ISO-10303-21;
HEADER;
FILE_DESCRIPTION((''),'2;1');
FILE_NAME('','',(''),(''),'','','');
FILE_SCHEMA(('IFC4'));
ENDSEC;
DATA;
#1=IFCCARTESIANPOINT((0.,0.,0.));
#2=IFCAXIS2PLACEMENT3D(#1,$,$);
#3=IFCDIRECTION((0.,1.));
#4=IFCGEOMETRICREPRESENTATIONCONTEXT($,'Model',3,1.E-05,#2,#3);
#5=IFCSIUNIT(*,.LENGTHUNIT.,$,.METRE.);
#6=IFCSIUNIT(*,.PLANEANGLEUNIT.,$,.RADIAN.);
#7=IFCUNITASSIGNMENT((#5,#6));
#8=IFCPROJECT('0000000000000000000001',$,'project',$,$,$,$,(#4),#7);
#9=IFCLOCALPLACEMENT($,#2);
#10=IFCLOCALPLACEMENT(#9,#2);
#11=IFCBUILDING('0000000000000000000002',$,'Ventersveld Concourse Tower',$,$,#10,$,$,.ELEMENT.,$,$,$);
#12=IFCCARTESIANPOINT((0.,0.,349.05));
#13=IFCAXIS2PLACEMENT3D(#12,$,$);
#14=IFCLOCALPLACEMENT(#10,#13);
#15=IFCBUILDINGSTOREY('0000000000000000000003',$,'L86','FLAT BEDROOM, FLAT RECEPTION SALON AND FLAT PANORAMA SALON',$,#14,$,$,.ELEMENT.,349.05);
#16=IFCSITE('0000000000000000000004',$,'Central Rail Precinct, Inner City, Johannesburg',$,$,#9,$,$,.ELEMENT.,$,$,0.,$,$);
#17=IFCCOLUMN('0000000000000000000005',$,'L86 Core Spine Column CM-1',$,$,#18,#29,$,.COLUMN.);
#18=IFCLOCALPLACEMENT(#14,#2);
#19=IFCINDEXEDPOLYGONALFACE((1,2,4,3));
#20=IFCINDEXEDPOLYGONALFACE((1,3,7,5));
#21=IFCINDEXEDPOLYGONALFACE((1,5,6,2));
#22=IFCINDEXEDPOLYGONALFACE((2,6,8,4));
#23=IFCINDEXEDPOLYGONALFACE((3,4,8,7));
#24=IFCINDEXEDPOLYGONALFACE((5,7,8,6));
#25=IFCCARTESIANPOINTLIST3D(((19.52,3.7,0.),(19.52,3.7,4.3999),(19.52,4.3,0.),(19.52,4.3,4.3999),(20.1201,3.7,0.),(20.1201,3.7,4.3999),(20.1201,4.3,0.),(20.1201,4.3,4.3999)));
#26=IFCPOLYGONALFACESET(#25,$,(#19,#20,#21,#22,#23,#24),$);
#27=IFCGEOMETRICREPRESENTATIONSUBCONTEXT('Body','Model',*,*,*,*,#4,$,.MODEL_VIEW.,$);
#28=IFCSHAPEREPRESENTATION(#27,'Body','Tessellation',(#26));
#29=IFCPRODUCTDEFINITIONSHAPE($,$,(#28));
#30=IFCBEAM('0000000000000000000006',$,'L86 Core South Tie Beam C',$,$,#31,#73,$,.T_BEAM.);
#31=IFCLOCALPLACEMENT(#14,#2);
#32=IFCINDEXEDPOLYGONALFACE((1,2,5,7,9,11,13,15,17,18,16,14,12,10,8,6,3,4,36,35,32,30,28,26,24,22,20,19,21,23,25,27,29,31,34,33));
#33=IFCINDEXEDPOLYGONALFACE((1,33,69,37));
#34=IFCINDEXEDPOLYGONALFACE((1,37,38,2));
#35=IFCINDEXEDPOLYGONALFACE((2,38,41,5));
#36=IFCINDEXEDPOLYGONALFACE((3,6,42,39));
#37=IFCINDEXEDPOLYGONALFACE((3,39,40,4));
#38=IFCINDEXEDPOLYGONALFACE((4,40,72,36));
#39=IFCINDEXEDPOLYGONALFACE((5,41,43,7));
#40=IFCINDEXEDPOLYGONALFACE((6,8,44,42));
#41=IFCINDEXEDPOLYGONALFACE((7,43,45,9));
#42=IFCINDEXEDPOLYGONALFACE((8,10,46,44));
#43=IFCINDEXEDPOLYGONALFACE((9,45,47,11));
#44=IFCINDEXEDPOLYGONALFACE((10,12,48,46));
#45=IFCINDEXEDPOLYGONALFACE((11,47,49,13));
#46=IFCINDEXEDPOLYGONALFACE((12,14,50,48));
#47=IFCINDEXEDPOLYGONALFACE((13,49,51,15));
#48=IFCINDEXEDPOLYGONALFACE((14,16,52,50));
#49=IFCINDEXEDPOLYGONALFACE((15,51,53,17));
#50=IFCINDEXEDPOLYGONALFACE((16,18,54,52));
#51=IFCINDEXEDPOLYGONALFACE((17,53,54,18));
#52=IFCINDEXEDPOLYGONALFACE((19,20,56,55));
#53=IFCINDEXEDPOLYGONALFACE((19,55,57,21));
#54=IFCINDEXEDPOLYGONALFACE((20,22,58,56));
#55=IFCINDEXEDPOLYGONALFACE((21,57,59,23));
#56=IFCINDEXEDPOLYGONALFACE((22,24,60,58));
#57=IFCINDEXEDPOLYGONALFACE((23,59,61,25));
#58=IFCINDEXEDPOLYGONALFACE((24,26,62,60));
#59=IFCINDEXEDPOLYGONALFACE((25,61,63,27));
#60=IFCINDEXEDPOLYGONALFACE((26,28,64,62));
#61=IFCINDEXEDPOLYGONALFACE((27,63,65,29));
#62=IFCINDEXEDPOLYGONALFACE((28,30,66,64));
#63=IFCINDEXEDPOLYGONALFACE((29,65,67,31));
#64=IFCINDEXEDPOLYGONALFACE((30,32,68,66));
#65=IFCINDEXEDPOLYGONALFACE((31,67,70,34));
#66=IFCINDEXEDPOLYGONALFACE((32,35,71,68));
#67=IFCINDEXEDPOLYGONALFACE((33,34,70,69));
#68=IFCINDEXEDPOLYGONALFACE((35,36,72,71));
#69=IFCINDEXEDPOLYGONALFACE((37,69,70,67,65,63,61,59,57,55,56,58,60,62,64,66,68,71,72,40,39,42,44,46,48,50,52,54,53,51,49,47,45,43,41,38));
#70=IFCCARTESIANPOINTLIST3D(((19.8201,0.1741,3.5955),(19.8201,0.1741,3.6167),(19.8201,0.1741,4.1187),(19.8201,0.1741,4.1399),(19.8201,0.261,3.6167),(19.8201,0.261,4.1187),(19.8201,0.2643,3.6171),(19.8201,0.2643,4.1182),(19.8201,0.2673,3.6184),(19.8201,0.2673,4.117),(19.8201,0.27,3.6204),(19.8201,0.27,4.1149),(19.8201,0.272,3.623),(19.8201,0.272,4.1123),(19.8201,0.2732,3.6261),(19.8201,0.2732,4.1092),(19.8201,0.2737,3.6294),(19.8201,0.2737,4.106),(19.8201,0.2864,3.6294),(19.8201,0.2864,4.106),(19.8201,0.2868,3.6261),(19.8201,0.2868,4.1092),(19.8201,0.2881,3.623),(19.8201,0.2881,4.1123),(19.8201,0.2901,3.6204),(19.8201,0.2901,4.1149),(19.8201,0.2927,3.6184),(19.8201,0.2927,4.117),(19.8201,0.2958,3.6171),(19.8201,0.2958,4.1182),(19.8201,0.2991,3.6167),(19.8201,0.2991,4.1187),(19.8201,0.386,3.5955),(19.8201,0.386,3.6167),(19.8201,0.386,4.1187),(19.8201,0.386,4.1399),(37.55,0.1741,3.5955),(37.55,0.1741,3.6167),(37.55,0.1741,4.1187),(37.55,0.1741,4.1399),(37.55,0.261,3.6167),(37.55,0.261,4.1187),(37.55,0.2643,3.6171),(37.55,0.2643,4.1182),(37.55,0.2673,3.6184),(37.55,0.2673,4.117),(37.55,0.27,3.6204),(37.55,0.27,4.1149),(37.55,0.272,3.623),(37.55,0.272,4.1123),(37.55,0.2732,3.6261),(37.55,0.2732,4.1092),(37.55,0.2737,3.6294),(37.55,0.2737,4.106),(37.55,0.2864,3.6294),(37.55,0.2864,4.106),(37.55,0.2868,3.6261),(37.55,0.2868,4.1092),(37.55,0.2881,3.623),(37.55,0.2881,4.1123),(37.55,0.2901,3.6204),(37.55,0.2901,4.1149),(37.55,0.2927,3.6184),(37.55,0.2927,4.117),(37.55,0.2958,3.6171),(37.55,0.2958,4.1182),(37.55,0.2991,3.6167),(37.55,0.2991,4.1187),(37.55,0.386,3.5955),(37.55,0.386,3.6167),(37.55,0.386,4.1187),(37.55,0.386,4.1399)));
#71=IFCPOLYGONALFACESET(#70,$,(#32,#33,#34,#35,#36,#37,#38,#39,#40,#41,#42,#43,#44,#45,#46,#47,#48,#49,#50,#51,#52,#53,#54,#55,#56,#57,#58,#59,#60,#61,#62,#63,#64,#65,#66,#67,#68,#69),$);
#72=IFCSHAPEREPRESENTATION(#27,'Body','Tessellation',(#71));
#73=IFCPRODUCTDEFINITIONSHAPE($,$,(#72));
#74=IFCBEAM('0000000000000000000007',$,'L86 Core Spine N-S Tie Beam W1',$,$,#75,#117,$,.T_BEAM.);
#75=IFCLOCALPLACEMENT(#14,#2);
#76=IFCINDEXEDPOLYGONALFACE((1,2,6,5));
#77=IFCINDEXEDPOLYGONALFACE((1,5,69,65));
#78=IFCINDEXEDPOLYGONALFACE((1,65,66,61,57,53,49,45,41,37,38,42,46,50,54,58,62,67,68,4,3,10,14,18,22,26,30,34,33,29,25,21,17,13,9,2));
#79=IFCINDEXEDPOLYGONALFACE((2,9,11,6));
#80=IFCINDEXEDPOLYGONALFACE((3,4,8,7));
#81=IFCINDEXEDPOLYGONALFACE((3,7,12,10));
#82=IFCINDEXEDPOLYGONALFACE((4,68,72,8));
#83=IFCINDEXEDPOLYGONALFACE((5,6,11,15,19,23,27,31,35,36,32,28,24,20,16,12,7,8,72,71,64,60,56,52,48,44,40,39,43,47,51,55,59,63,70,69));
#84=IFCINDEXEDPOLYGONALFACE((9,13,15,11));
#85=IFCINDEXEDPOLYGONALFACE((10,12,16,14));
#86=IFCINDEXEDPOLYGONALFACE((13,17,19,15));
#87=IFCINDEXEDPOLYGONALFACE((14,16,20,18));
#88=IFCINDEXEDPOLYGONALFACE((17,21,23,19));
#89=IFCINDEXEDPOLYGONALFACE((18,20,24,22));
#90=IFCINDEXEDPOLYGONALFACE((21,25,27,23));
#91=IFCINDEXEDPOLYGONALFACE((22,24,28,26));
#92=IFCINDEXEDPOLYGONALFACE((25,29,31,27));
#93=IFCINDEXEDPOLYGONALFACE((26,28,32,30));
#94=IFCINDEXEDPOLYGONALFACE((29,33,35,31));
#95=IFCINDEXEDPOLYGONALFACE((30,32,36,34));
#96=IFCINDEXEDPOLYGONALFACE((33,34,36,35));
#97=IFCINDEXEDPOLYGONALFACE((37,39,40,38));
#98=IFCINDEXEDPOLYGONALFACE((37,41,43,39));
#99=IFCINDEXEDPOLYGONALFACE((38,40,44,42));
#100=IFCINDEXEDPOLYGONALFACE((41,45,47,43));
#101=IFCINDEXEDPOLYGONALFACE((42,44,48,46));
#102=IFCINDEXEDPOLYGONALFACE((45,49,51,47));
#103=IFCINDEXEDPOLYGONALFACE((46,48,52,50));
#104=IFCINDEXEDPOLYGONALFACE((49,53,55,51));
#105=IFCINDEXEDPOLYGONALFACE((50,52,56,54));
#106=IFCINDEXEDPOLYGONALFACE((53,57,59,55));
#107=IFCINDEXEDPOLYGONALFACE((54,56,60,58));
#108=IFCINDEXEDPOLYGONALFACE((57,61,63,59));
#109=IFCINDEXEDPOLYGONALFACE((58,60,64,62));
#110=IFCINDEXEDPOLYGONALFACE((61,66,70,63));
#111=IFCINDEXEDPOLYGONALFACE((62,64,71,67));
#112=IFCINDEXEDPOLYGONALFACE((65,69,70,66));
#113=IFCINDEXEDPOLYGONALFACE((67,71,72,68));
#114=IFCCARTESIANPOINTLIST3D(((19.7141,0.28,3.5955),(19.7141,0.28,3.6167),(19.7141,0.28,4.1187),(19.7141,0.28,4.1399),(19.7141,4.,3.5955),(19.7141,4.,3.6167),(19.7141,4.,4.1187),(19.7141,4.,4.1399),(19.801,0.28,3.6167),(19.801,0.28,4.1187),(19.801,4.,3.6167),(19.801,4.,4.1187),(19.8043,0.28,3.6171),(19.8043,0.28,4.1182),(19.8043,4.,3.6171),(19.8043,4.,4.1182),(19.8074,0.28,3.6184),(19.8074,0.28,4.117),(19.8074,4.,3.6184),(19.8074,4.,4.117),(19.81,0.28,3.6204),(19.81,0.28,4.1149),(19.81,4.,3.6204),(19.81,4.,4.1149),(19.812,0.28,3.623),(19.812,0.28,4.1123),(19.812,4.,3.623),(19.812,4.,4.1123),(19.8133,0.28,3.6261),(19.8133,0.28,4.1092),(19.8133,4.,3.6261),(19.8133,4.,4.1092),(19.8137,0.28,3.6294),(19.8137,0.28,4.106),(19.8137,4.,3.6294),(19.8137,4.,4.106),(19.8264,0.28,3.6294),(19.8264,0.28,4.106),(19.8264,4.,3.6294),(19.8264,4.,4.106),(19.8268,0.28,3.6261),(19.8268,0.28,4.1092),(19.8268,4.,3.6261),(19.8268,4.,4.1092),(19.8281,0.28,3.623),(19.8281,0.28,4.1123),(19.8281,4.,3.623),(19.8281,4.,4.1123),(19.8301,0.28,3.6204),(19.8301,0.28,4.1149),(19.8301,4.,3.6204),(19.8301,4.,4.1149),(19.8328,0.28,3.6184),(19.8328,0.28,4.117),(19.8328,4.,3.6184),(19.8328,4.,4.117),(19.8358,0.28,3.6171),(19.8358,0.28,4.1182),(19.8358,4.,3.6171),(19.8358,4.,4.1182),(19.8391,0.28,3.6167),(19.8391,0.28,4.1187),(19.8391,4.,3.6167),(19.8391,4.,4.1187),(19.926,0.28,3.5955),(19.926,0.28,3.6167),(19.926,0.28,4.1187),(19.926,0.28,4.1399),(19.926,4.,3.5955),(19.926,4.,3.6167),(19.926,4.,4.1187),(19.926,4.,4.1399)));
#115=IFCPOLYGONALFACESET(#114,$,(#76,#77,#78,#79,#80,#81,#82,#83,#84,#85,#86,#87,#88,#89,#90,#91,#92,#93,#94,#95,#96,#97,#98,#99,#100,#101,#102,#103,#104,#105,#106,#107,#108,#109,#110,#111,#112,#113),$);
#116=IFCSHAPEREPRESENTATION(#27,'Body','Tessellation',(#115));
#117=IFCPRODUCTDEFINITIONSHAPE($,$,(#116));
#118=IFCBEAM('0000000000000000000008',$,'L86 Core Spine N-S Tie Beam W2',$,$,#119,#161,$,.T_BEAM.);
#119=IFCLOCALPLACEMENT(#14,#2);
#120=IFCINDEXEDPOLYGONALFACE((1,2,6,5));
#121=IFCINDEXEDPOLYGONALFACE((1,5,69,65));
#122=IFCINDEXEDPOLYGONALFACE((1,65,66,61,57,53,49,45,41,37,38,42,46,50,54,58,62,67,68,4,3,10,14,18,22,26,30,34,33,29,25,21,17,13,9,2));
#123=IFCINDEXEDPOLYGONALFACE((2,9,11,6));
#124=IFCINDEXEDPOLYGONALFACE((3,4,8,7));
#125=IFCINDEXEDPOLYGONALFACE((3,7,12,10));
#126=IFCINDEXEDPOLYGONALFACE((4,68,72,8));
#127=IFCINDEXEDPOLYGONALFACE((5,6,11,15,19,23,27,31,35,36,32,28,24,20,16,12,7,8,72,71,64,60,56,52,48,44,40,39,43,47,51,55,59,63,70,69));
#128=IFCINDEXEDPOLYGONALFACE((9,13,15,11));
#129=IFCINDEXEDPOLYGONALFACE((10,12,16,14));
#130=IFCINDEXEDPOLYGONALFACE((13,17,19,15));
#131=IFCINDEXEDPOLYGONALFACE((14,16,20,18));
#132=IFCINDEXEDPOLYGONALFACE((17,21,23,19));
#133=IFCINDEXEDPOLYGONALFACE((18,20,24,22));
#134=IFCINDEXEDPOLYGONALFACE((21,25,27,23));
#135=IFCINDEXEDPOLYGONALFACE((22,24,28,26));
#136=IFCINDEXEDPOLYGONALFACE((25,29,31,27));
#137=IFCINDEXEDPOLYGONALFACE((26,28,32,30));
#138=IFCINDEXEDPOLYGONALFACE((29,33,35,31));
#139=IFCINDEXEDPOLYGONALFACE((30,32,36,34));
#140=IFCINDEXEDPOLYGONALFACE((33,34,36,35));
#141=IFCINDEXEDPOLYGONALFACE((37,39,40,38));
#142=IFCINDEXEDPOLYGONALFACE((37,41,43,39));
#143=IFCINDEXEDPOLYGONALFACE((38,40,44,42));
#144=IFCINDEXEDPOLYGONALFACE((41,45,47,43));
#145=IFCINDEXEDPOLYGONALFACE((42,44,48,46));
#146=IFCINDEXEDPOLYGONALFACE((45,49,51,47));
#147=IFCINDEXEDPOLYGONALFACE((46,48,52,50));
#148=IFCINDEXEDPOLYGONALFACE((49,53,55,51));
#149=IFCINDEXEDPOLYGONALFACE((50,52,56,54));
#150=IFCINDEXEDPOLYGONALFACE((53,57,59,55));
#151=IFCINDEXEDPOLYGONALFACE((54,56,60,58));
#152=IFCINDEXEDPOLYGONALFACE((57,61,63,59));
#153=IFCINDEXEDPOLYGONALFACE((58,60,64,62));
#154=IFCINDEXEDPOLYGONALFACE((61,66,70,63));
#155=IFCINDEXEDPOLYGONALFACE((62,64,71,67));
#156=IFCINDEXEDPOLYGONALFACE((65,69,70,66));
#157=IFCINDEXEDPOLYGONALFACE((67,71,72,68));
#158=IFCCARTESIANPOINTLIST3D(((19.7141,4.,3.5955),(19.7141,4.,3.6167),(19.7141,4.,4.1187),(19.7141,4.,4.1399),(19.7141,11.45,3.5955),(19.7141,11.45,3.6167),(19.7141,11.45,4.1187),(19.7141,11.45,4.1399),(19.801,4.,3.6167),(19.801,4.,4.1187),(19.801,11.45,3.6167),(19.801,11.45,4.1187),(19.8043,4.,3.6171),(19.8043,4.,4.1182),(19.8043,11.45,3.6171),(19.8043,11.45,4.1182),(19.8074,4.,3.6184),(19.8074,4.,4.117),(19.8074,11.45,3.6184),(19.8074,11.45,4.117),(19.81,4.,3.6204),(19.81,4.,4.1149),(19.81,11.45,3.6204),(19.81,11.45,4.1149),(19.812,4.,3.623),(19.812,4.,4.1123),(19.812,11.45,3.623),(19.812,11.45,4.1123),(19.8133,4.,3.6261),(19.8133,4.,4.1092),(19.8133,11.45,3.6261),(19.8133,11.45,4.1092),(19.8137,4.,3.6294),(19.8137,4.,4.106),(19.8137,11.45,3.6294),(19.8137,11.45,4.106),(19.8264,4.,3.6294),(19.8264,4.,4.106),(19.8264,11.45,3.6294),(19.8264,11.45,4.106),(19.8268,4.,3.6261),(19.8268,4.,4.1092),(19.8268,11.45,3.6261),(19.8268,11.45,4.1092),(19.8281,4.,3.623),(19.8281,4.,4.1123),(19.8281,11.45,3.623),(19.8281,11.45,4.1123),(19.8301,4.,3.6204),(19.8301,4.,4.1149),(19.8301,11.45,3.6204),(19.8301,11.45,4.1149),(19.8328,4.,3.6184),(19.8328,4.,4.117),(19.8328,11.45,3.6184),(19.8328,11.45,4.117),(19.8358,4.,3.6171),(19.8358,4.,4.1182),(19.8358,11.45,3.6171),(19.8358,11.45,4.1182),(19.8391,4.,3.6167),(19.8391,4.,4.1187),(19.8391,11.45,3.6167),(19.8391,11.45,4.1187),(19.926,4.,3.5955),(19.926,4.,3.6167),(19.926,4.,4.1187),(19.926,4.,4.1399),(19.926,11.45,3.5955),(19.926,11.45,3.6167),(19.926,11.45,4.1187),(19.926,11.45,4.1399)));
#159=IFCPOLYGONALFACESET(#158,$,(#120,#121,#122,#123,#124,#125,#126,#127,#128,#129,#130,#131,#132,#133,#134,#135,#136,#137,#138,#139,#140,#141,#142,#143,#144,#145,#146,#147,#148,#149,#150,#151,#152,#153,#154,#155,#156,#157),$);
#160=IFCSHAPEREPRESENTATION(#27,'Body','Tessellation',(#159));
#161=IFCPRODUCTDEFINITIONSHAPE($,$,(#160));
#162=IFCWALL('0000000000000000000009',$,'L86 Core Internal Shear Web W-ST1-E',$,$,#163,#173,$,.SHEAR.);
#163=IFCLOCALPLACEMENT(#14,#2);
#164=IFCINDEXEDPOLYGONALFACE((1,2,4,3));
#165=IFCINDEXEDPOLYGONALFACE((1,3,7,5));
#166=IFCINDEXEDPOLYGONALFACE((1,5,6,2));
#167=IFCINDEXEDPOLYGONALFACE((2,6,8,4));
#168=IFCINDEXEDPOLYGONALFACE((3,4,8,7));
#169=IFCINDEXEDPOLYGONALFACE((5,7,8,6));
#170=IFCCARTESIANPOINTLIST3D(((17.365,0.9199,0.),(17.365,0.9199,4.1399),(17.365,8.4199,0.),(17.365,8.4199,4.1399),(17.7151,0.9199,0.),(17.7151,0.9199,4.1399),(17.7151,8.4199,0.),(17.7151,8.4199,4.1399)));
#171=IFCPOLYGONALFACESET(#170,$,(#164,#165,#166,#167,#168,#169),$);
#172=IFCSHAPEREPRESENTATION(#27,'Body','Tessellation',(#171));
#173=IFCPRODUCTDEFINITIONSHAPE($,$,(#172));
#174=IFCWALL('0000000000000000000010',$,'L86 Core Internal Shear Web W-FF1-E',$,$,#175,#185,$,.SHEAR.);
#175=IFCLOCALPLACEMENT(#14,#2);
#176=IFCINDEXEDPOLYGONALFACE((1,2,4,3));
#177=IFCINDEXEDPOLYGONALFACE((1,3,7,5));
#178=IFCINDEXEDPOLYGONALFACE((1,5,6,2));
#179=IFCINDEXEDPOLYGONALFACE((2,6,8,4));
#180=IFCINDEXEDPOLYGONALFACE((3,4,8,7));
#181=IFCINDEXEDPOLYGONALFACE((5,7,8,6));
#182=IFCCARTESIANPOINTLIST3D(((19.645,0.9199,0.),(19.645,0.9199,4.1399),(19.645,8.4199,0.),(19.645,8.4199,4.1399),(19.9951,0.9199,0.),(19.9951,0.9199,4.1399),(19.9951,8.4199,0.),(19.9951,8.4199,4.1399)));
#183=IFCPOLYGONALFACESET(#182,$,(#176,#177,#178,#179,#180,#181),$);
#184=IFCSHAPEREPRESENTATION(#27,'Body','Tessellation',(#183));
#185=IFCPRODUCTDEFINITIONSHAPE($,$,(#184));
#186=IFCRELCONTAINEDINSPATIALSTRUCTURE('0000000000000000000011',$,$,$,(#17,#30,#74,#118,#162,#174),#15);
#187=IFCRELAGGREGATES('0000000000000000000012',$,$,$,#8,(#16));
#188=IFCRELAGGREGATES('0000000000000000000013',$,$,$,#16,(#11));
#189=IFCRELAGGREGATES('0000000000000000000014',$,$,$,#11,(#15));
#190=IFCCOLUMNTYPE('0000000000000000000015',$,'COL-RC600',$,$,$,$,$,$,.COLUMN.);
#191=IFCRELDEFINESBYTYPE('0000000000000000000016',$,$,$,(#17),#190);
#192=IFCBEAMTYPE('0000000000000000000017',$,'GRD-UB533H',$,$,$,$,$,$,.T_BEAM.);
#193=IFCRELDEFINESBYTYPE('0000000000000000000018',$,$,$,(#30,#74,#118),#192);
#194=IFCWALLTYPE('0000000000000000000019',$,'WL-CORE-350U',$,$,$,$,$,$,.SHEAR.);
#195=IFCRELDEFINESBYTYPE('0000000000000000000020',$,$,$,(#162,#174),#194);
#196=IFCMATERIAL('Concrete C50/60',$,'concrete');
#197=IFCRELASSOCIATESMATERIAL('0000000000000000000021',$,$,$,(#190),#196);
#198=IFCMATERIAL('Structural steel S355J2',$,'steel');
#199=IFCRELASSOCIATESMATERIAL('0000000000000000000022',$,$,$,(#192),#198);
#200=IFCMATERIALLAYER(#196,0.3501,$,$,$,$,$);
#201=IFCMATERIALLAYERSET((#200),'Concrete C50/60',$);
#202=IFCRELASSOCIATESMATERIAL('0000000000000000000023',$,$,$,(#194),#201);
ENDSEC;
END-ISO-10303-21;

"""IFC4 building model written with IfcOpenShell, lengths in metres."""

from ifc_helpers import new_model, si_unit, direction, frame, frame_2d, origin, origin_2d, place, context, subcontext, project, spatial, rectangle, i_section, extrude, material, layer, layer_set, material_profile, profile_set, type_object, element, save


model = new_model("IFC4")

# Units and contexts
model_context = context("Model", 3, precision=1e-05, world=origin(), true_north=direction((0.0, 1.0)))
body_context = subcontext(model_context, "Body", "Model", "MODEL_VIEW")
ifc_project = project(units=[si_unit("LENGTHUNIT", "METRE"), si_unit("PLANEANGLEUNIT", "RADIAN")], contexts=[model_context])

# Site, building, storey
site_placement = place(None, origin())
site = spatial("IfcSite", under=ifc_project, at=site_placement, Name="Central Rail Precinct, Inner City, Johannesburg", CompositionType="ELEMENT", RefElevation=0.0)
building_placement = place(site_placement, origin())
building = spatial("IfcBuilding", under=site, at=building_placement, Name="Ventersveld Concourse Tower", CompositionType="ELEMENT")
storey_placement = place(building_placement, frame((0.0, 0.0, 349.05)))
storey = spatial("IfcBuildingStorey", under=building, at=storey_placement, Name="L86", Description="FLAT BEDROOM, FLAT RECEPTION SALON AND FLAT PANORAMA SALON", CompositionType="ELEMENT", Elevation=349.05)

# Column
ifc_material_1 = material(Name="Concrete C50/60", Category="concrete")
ifc_material_profile_1 = material_profile(ifc_material_1, rectangle(XDim=0.6001, YDim=0.6001, at=origin_2d()), Name="RC 600x600")
ifc_profile_set_1 = profile_set([ifc_material_profile_1], Name="Concrete C50/60")
column_type = type_object("IfcColumnType", Name="COL-RC600", PredefinedType="COLUMN", material=ifc_profile_set_1)
column_placement = place(storey_placement, frame((19.8201, 4.0, 0.0), z_axis=(0.0, 0.0, 1.0), x_axis=(1.0, 0.0, 0.0)))
element("IfcColumn", 1, at=column_placement, inside=storey, type_object=column_type, Name="L86 Core Spine Column CM-1", PredefinedType="COLUMN", context=body_context, shape_type="SweptSolid", body=[
    extrude(rectangle(XDim=0.6001, YDim=0.6001, at=origin_2d()), origin(), (0.0, 0.0, 1.0), 4.3999),
])

# Beams
ifc_material_2 = material(Name="Structural steel S355J2", Category="steel")
ifc_material_profile_2 = material_profile(ifc_material_2, i_section(OverallWidth=0.2119, OverallDepth=0.5444, WebThickness=0.0127, FlangeThickness=0.0212, FilletRadius=0.0127, at=origin_2d()), Name="UB 533x210x122")
ifc_profile_set_2 = profile_set([ifc_material_profile_2], Name="Structural steel S355J2")
beam_type = type_object("IfcBeamType", Name="GRD-UB533H", PredefinedType="T_BEAM", material=ifc_profile_set_2)
beam_1_placement = place(storey_placement, frame((19.8201, 0.28, 3.8677), z_axis=(1.0, 0.0, 0.0), x_axis=(0.0, 1.0, 0.0)))
element("IfcBeam", 2, at=beam_1_placement, inside=storey, type_object=beam_type, Name="L86 Core South Tie Beam C", PredefinedType="T_BEAM", context=body_context, shape_type="SweptSolid", body=[
    extrude(i_section(OverallWidth=0.2119, OverallDepth=0.5444, WebThickness=0.0127, FlangeThickness=0.0212, FilletRadius=0.0127, at=origin_2d()), origin(), (0.0, 0.0, 1.0), 17.73),
])
beam_2_placement = place(storey_placement, frame((19.8201, 0.28, 3.8677), z_axis=(0.0, 1.0, 0.0), x_axis=(-1.0, 0.0, 0.0)))
element("IfcBeam", 3, at=beam_2_placement, inside=storey, type_object=beam_type, Name="L86 Core Spine N-S Tie Beam W1", PredefinedType="T_BEAM", context=body_context, shape_type="SweptSolid", body=[
    extrude(i_section(OverallWidth=0.2119, OverallDepth=0.5444, WebThickness=0.0127, FlangeThickness=0.0212, FilletRadius=0.0127, at=origin_2d()), origin(), (0.0, 0.0, 1.0), 3.72),
])
beam_3_placement = place(storey_placement, frame((19.8201, 4.0, 3.8677), z_axis=(0.0, 1.0, 0.0), x_axis=(-1.0, 0.0, 0.0)))
element("IfcBeam", 4, at=beam_3_placement, inside=storey, type_object=beam_type, Name="L86 Core Spine N-S Tie Beam W2", PredefinedType="T_BEAM", context=body_context, shape_type="SweptSolid", body=[
    extrude(i_section(OverallWidth=0.2119, OverallDepth=0.5444, WebThickness=0.0127, FlangeThickness=0.0212, FilletRadius=0.0127, at=origin_2d()), origin(), (0.0, 0.0, 1.0), 7.45),
])

# Walls
ifc_layer_1 = layer(ifc_material_1, 0.3501)
ifc_layer_set_1 = layer_set([ifc_layer_1], Name="Concrete C50/60")
wall_type_1 = type_object("IfcWallType", Name="WL-CORE-350U", PredefinedType="SHEAR", material=ifc_layer_set_1)
for number, where, z_axis, x_axis, name in (
    (5, (17.54, 0.9199, 0.0), (0.0, 0.0, 1.0), (0.0, 1.0, 0.0), "L86 Core Internal Shear Web W-ST1-E"),
    (6, (19.8201, 0.9199, 0.0), (0.0, 0.0, 1.0), (0.0, 1.0, 0.0), "L86 Core Internal Shear Web W-FF1-E"),
):
    element("IfcWall", number, at=place(storey_placement, frame(where, z_axis=z_axis, x_axis=x_axis)), inside=storey, type_object=wall_type_1, Name=name, PredefinedType="SHEAR", context=body_context, shape_type="SweptSolid", body=[
        extrude(rectangle(XDim=7.5, YDim=0.3501, at=frame_2d((3.75, 0.0))), origin(), (0.0, 0.0, 1.0), 4.1399),
    ])

save(model, "model.ifc")
